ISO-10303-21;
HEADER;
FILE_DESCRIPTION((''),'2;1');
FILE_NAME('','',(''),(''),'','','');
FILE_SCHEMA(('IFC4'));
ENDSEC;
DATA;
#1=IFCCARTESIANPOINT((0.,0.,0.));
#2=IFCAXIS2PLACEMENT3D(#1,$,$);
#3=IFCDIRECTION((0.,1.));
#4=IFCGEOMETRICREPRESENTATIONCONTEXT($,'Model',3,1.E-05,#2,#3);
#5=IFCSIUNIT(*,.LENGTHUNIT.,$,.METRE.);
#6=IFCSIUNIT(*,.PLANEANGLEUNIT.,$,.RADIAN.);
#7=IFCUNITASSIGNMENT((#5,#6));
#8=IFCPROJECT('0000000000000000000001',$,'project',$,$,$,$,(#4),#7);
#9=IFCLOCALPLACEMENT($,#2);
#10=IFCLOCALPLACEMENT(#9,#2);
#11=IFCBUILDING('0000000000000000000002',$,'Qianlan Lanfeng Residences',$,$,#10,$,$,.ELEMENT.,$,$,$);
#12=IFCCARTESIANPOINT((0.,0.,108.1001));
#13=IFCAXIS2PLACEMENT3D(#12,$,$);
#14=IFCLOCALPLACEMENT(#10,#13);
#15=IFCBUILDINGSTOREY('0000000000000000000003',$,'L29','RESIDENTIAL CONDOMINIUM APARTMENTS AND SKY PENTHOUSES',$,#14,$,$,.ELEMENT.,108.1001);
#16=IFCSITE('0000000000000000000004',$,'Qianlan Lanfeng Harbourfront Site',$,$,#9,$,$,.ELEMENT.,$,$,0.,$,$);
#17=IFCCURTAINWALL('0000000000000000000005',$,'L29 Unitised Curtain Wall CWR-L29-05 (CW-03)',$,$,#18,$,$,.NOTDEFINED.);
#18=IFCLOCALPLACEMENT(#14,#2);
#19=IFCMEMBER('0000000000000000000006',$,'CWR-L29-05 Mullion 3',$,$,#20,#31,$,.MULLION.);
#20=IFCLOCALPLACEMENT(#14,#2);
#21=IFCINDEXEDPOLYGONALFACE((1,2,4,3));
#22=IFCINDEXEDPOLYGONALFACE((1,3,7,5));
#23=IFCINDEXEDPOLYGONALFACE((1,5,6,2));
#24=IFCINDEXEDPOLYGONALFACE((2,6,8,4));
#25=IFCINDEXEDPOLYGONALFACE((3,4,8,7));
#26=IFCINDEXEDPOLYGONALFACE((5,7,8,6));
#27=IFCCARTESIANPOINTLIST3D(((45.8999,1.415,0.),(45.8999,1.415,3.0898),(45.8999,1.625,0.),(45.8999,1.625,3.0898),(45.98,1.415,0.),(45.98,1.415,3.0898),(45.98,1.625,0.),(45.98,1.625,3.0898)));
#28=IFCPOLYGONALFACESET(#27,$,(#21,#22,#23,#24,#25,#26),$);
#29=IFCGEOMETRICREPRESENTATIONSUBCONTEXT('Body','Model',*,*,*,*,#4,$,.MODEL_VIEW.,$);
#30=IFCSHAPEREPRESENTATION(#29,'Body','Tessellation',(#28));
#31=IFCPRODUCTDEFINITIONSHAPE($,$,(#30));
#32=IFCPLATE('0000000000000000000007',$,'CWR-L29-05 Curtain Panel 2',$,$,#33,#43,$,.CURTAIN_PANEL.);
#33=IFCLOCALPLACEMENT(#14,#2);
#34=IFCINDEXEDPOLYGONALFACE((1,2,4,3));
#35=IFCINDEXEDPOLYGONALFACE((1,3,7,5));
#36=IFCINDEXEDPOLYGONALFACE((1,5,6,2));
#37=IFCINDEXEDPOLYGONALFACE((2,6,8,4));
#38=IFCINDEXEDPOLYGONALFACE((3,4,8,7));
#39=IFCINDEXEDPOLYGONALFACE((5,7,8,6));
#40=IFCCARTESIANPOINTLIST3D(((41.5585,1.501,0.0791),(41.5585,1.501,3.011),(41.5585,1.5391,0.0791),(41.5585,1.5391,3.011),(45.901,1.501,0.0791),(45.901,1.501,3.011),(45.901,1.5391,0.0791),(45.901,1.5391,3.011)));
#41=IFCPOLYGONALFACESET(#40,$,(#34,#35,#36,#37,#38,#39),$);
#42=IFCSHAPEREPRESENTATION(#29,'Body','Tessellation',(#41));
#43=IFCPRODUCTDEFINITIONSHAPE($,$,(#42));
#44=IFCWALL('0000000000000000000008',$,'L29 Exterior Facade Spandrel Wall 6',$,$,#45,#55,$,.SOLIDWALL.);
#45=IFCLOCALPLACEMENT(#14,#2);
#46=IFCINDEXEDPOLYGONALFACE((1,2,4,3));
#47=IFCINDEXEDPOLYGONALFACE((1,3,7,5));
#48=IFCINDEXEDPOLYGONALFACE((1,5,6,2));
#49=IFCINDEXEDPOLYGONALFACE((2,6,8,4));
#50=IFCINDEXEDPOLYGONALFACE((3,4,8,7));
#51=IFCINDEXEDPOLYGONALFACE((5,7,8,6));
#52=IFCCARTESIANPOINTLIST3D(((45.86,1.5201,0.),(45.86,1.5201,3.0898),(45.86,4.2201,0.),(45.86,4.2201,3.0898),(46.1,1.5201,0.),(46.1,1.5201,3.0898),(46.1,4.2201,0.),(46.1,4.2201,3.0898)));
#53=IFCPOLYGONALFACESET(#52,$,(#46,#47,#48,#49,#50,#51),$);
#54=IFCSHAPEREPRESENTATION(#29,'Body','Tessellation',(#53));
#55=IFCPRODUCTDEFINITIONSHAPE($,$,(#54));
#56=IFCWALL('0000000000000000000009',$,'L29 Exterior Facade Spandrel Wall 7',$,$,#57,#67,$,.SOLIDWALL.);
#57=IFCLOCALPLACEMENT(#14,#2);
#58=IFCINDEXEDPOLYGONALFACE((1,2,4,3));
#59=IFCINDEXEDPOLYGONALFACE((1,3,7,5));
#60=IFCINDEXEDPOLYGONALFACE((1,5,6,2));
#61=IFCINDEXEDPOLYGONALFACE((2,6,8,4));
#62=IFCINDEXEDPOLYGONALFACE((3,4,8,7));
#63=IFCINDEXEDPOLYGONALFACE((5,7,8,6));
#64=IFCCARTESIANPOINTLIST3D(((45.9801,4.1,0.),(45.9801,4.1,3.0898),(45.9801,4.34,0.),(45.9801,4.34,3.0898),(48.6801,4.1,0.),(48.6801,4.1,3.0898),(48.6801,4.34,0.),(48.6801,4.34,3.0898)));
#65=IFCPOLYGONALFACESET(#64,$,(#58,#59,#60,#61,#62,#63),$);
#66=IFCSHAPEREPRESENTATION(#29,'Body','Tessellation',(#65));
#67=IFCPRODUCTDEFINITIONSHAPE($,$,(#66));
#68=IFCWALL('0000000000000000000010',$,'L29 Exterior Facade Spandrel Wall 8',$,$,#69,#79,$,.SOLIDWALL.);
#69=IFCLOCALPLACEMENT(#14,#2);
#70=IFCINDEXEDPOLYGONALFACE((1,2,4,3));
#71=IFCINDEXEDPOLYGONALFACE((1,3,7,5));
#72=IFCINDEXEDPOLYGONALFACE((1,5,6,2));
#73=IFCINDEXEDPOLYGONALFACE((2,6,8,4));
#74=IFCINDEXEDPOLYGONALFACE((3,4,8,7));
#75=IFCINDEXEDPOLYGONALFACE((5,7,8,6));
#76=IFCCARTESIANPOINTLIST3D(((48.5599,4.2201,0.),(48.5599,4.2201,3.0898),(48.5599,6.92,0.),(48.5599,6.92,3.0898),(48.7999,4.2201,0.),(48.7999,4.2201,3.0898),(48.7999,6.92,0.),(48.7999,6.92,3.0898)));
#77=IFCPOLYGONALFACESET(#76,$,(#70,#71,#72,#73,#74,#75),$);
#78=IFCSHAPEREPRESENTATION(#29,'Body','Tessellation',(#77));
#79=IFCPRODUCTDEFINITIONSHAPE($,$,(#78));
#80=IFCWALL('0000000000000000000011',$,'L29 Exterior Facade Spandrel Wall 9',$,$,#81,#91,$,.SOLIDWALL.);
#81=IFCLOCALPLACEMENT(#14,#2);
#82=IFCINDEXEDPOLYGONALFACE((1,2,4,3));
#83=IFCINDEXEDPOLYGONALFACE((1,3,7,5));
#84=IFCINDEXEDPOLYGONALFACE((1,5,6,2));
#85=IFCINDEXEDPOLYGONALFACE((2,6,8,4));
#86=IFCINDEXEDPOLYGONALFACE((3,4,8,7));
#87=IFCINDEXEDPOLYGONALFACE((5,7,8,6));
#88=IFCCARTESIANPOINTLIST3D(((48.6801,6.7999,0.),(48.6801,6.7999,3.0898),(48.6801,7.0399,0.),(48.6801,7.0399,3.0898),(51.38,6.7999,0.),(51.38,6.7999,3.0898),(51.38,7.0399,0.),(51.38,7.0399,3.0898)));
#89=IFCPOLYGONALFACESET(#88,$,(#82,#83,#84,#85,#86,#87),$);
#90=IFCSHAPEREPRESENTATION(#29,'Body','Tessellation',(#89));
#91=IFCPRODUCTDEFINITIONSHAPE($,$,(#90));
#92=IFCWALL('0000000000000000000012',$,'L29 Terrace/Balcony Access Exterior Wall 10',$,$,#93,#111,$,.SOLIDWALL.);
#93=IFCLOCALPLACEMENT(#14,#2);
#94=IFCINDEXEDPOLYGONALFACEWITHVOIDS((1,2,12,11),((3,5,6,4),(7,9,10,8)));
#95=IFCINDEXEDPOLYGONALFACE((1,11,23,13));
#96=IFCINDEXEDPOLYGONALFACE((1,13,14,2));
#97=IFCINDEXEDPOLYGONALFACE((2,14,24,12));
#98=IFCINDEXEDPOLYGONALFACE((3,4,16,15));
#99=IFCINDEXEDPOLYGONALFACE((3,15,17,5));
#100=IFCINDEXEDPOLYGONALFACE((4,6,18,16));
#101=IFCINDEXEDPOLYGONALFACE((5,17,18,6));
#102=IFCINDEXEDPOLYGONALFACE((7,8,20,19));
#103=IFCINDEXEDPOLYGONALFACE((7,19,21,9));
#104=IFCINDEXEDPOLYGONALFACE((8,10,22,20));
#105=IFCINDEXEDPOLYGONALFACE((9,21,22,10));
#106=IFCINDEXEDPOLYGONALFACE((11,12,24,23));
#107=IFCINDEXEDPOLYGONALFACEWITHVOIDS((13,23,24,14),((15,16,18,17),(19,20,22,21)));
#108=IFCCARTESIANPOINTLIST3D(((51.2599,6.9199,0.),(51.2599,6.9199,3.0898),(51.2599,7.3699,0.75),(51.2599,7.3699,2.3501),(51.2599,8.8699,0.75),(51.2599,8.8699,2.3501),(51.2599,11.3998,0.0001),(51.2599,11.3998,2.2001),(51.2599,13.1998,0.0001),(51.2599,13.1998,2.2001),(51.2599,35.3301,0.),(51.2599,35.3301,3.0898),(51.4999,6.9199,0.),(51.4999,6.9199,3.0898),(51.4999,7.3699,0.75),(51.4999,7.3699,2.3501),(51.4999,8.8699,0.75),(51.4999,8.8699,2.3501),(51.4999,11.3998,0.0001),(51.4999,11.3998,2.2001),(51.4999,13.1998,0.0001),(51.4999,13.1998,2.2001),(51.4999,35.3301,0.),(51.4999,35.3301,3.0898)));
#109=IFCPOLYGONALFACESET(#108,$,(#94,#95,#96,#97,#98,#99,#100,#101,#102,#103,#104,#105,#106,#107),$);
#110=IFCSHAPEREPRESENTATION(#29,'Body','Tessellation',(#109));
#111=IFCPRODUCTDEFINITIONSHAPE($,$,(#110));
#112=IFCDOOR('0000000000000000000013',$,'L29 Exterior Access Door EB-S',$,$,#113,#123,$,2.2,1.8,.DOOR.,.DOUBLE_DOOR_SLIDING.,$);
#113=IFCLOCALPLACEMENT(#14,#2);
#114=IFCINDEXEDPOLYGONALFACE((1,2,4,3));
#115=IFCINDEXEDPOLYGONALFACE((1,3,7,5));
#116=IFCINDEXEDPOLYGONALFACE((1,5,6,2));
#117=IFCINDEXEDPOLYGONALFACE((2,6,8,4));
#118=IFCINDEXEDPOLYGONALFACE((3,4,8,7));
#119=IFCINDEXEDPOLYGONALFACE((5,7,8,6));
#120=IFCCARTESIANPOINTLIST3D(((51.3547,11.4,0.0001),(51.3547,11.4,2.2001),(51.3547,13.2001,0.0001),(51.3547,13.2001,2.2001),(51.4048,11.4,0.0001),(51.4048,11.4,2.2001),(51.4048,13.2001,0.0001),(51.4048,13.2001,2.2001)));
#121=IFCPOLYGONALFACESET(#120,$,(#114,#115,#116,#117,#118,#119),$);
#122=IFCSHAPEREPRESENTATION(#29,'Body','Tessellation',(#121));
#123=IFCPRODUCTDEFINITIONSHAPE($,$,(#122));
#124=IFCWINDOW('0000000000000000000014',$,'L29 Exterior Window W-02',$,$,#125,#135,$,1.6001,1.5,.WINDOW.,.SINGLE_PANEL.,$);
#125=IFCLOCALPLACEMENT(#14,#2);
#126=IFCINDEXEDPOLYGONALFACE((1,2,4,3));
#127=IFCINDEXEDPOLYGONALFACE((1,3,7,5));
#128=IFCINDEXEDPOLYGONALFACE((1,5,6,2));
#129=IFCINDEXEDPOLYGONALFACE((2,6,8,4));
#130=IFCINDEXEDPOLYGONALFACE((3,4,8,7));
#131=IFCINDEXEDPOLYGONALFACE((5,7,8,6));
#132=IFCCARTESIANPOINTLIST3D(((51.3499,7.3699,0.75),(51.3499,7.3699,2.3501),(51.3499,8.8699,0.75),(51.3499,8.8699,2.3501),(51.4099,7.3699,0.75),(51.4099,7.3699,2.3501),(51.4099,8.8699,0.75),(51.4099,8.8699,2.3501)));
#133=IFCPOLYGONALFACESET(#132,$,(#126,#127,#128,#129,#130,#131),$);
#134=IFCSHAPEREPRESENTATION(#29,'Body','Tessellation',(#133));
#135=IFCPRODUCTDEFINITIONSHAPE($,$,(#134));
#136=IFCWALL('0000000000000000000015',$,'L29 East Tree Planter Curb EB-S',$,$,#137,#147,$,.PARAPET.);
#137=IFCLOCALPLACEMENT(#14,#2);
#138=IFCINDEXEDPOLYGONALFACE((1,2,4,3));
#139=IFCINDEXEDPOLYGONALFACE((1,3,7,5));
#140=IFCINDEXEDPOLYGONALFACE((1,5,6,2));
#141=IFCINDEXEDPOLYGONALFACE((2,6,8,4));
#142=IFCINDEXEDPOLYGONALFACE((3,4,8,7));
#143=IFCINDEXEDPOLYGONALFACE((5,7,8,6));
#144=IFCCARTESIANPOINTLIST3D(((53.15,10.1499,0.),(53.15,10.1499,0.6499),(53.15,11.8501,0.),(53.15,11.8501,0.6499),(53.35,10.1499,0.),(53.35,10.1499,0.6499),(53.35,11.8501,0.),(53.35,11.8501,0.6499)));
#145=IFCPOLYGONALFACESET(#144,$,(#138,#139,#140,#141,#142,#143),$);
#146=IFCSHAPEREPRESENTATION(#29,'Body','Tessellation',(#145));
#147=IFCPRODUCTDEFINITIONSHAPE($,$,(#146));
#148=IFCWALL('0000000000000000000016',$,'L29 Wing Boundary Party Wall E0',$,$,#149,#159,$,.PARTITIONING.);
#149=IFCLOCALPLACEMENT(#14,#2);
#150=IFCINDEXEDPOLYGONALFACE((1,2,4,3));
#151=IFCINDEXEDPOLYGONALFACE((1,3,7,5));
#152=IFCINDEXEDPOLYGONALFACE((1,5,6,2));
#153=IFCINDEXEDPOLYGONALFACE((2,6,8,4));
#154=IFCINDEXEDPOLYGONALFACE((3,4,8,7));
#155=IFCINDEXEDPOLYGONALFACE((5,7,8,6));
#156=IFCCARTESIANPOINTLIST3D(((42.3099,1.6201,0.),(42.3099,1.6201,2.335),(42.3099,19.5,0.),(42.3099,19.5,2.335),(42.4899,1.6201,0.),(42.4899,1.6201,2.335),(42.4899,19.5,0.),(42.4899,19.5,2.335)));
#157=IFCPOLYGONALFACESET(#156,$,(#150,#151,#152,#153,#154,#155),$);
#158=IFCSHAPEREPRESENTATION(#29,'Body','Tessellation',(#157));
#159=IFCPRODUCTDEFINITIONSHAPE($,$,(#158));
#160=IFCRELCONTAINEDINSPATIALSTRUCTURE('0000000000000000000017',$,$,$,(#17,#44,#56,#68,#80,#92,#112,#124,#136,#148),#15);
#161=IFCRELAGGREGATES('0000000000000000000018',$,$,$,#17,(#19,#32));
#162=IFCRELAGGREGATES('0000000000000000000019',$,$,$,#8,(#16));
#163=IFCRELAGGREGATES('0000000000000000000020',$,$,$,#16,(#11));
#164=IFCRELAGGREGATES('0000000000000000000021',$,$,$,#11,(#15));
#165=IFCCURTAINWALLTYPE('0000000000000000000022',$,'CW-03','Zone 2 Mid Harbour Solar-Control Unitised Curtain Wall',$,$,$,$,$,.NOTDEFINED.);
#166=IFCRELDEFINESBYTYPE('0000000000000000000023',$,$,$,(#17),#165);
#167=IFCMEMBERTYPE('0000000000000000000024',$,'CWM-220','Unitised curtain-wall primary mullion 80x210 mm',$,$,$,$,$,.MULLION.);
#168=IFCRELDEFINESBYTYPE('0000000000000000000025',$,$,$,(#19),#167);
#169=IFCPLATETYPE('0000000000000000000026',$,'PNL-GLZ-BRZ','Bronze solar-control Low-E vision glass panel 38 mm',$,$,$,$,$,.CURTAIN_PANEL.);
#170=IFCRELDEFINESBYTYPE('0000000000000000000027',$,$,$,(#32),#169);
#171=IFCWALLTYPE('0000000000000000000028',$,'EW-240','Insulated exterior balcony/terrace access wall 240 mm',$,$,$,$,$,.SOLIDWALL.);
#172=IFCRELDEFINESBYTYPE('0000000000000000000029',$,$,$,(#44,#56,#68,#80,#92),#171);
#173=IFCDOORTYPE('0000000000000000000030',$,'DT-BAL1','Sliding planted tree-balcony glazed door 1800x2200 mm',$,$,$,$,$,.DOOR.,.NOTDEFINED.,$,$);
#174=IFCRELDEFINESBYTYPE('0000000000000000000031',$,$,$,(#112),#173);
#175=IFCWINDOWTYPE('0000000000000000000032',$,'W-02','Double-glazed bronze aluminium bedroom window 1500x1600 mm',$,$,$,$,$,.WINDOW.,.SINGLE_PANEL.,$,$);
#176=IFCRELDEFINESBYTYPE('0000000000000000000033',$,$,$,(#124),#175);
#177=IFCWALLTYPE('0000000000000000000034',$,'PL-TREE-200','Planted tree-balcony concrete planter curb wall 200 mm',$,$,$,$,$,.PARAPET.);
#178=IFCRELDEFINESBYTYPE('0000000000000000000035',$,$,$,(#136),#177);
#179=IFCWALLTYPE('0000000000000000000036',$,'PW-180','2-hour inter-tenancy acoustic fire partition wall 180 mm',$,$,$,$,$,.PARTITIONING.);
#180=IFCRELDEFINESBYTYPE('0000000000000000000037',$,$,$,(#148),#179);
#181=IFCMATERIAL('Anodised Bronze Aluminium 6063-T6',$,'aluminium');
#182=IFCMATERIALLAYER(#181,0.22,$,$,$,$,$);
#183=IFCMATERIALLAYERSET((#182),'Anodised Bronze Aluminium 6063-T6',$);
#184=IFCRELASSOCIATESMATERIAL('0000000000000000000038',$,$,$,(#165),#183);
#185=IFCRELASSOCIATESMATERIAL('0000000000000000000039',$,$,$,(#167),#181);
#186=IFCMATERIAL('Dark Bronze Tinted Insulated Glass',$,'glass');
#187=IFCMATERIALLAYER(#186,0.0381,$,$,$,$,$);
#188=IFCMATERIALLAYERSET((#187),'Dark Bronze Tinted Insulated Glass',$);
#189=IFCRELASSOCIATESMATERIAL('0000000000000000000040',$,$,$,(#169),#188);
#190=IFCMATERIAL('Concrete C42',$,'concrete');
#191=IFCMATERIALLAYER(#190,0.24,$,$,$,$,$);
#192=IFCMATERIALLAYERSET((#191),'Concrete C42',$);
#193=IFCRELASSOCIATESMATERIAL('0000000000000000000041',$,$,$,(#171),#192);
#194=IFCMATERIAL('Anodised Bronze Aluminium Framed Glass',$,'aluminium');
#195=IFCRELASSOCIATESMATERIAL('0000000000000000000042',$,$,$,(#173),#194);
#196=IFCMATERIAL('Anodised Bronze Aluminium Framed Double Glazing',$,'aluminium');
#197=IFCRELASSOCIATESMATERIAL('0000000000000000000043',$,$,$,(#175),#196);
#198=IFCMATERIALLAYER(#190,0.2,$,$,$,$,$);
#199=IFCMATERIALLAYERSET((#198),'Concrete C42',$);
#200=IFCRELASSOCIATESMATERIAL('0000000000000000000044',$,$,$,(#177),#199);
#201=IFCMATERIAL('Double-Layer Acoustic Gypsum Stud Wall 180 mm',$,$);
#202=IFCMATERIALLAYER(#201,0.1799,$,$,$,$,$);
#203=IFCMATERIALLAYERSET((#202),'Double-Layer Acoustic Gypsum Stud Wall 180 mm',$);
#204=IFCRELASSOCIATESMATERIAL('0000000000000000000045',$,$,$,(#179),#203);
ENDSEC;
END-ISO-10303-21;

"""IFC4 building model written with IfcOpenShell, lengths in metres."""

from ifc_helpers import new_model, si_unit, direction, frame, frame_2d, origin, origin_2d, place, context, subcontext, project, spatial, rectangle, extrude, source, transform, mapped, material, layer, layer_set, material_profile, profile_set, type_object, element, fill, aggregate, save


model = new_model("IFC4")

# Units and contexts
model_context = context("Model", 3, precision=1e-05, world=origin(), true_north=direction((0.0, 1.0)))
body_context = subcontext(model_context, "Body", "Model", "MODEL_VIEW")
ifc_project = project(units=[si_unit("LENGTHUNIT", "METRE"), si_unit("PLANEANGLEUNIT", "RADIAN")], contexts=[model_context])

# Site, building, storey
site_placement = place(None, origin())
site = spatial("IfcSite", under=ifc_project, at=site_placement, Name="Qianlan Lanfeng Harbourfront Site", CompositionType="ELEMENT", RefElevation=0.0)
building_placement = place(site_placement, origin())
building = spatial("IfcBuilding", under=site, at=building_placement, Name="Qianlan Lanfeng Residences", CompositionType="ELEMENT")
storey_placement = place(building_placement, frame((0.0, 0.0, 108.1001)))
storey = spatial("IfcBuildingStorey", under=building, at=storey_placement, Name="L29", Description="RESIDENTIAL CONDOMINIUM APARTMENTS AND SKY PENTHOUSES", CompositionType="ELEMENT", Elevation=108.1001)

# Curtain wall, member, plate
ifc_material_1 = material(Name="Anodised Bronze Aluminium 6063-T6", Category="aluminium")
ifc_layer_1 = layer(ifc_material_1, 0.22)
ifc_layer_set_1 = layer_set([ifc_layer_1], Name="Anodised Bronze Aluminium 6063-T6")
curtain_wall_type = type_object("IfcCurtainWallType", Name="CW-03", Description="Zone 2 Mid Harbour Solar-Control Unitised Curtain Wall", PredefinedType="NOTDEFINED", material=ifc_layer_set_1)
curtain_wall_placement = place(storey_placement, origin())
curtain_wall = element("IfcCurtainWall", 1, at=curtain_wall_placement, inside=storey, type_object=curtain_wall_type, Name="L29 Unitised Curtain Wall CWR-L29-05 (CW-03)", PredefinedType="NOTDEFINED")
ifc_material_profile_1 = material_profile(ifc_material_1, rectangle(XDim=0.0801, YDim=0.21, at=origin_2d()), Name="ALU MULLION 80x210")
ifc_profile_set_1 = profile_set([ifc_material_profile_1], Name="Anodised Bronze Aluminium 6063-T6")
member_type_1 = type_object("IfcMemberType", Name="CWM-220", Description="Unitised curtain-wall primary mullion 80x210 mm", PredefinedType="MULLION", material=ifc_profile_set_1)
shared_shape_1 = source(origin(), body_context, "Body", "SweptSolid", [
    extrude(rectangle(XDim=0.0801, YDim=0.21, at=origin_2d()), origin(), (0.0, 0.0, 1.0), 3.0898),
])
member_1_placement = place(storey_placement, frame((45.9399, 1.52, 0.0), z_axis=(0.0, 0.0, 1.0), x_axis=(1.0, 0.0, 0.0)))
member_1 = element("IfcMember", 2, at=member_1_placement, type_object=member_type_1, Name="CWR-L29-05 Mullion 3", PredefinedType="MULLION", context=body_context, shape_type="MappedRepresentation", body=[
    mapped(shared_shape_1, transform((0.0, 0.0, 0.0), scale=1.0)),
])
ifc_material_2 = material(Name="Dark Bronze Tinted Insulated Glass", Category="glass")
ifc_layer_2 = layer(ifc_material_2, 0.0381)
ifc_layer_set_2 = layer_set([ifc_layer_2], Name="Dark Bronze Tinted Insulated Glass")
plate_type = type_object("IfcPlateType", Name="PNL-GLZ-BRZ", Description="Bronze solar-control Low-E vision glass panel 38 mm", PredefinedType="CURTAIN_PANEL", material=ifc_layer_set_2)
shared_shape_2 = source(origin(), body_context, "Body", "SweptSolid", [
    extrude(rectangle(XDim=4.3425, YDim=0.0381, at=origin_2d()), origin(), (0.0, 0.0, 1.0), 2.9319),
])
plate_placement = place(storey_placement, frame((43.7297, 1.52, 0.0791), z_axis=(0.0, 0.0, 1.0), x_axis=(1.0, 0.0, 0.0)))
plate = element("IfcPlate", 3, at=plate_placement, type_object=plate_type, Name="CWR-L29-05 Curtain Panel 2", PredefinedType="CURTAIN_PANEL", context=body_context, shape_type="MappedRepresentation", body=[
    mapped(shared_shape_2, transform((0.0, 0.0, 0.0), scale=1.0)),
])
aggregate(curtain_wall, [member_1, plate])

# Walls
ifc_material_3 = material(Name="Concrete C42", Category="concrete")
ifc_layer_3 = layer(ifc_material_3, 0.24)
ifc_layer_set_3 = layer_set([ifc_layer_3], Name="Concrete C42")
wall_type_1 = type_object("IfcWallType", Name="EW-240", Description="Insulated exterior balcony/terrace access wall 240 mm", PredefinedType="SOLIDWALL", material=ifc_layer_set_3)
for number, where, z_axis, x_axis, name in (
    (4, (45.98, 1.52, 0.0), (0.0, 0.0, 1.0), (0.0, 1.0, 0.0), "L29 Exterior Facade Spandrel Wall 6"),
    (5, (45.98, 4.22, 0.0), (0.0, 0.0, 1.0), (1.0, 0.0, 0.0), "L29 Exterior Facade Spandrel Wall 7"),
    (6, (48.6799, 4.22, 0.0), (0.0, 0.0, 1.0), (0.0, 1.0, 0.0), "L29 Exterior Facade Spandrel Wall 8"),
    (7, (48.6799, 6.9199, 0.0), (0.0, 0.0, 1.0), (1.0, 0.0, 0.0), "L29 Exterior Facade Spandrel Wall 9"),
):
    element("IfcWall", number, at=place(storey_placement, frame(where, z_axis=z_axis, x_axis=x_axis)), inside=storey, type_object=wall_type_1, Name=name, PredefinedType="SOLIDWALL", context=body_context, shape_type="SweptSolid", body=[
        extrude(rectangle(XDim=2.7, YDim=0.24, at=frame_2d((1.3501, 0.0))), origin(), (0.0, 0.0, 1.0), 3.0898),
    ])

# Wall, openings, door, window
wall_1_placement = place(storey_placement, frame((51.3799, 6.9199, 0.0), z_axis=(0.0, 0.0, 1.0), x_axis=(0.0, 1.0, 0.0)))
wall_1 = element("IfcWall", 8, at=wall_1_placement, inside=storey, type_object=wall_type_1, Name="L29 Terrace/Balcony Access Exterior Wall 10", PredefinedType="SOLIDWALL", context=body_context, shape_type="SweptSolid", body=[
    extrude(rectangle(XDim=28.4102, YDim=0.24, at=frame_2d((14.2051, 0.0))), origin(), (0.0, 0.0, 1.0), 3.0898),
])
opening_1_placement = place(wall_1_placement, frame((4.48, 0.0, 0.0)))
opening_1 = element("IfcOpeningElement", 9, at=opening_1_placement, cuts=wall_1, PredefinedType="OPENING", context=body_context, shape_type="SweptSolid", body=[
    extrude(rectangle(XDim=1.8, YDim=2.2, at=frame_2d((0.8999, 1.1001))), frame((0.0, 0.1299, 0.0), z_axis=(0.0, -1.0, 0.0), x_axis=(1.0, 0.0, 0.0)), (0.0, 0.0, 1.0), 0.26),
])
opening_2_placement = place(wall_1_placement, frame((0.45, 0.0, 0.75)))
opening_2 = element("IfcOpeningElement", 10, at=opening_2_placement, cuts=wall_1, PredefinedType="OPENING", context=body_context, shape_type="SweptSolid", body=[
    extrude(rectangle(XDim=1.5, YDim=1.6001, at=frame_2d((0.75, 0.8))), frame((0.0, 0.1299, 0.0), z_axis=(0.0, -1.0, 0.0), x_axis=(1.0, 0.0, 0.0)), (0.0, 0.0, 1.0), 0.26),
])
ifc_material_4 = material(Name="Anodised Bronze Aluminium Framed Glass", Category="aluminium")
door_type = type_object("IfcDoorType", Name="DT-BAL1", Description="Sliding planted tree-balcony glazed door 1800x2200 mm", OperationType="NOTDEFINED", PredefinedType="DOOR", material=ifc_material_4)
door_placement = place(opening_1_placement, frame((1.8, 0.0, 0.0), z_axis=(0.0, 0.0, 1.0), x_axis=(-1.0, 0.0, 0.0)))
door = element("IfcDoor", 11, at=door_placement, inside=storey, type_object=door_type, Name="L29 Exterior Access Door EB-S", OperationType="DOUBLE_DOOR_SLIDING", OverallHeight=2.2, OverallWidth=1.8, PredefinedType="DOOR", context=body_context, shape_type="SweptSolid", body=[
    extrude(rectangle(XDim=1.8, YDim=2.2, at=frame_2d((0.8999, 1.1001))), frame((0.0, 0.0249, 0.0), z_axis=(0.0, -1.0, 0.0), x_axis=(1.0, 0.0, 0.0)), (0.0, 0.0, 1.0), 0.05),
])
fill(opening_1, door)
ifc_material_5 = material(Name="Anodised Bronze Aluminium Framed Double Glazing", Category="aluminium")
window_type = type_object("IfcWindowType", Name="W-02", Description="Double-glazed bronze aluminium bedroom window 1500x1600 mm", PartitioningType="SINGLE_PANEL", PredefinedType="WINDOW", material=ifc_material_5)
window_placement = place(opening_2_placement, origin())
window = element("IfcWindow", 12, at=window_placement, inside=storey, type_object=window_type, Name="L29 Exterior Window W-02", OverallHeight=1.6001, OverallWidth=1.5, PartitioningType="SINGLE_PANEL", PredefinedType="WINDOW", context=body_context, shape_type="SweptSolid", body=[
    extrude(rectangle(XDim=1.5, YDim=1.6001, at=frame_2d((0.75, 0.8))), frame((0.0, 0.03, 0.0), z_axis=(0.0, -1.0, 0.0), x_axis=(1.0, 0.0, 0.0)), (0.0, 0.0, 1.0), 0.0601),
])
fill(opening_2, window)

# Walls
ifc_layer_4 = layer(ifc_material_3, 0.2)
ifc_layer_set_4 = layer_set([ifc_layer_4], Name="Concrete C42")
wall_type_2 = type_object("IfcWallType", Name="PL-TREE-200", Description="Planted tree-balcony concrete planter curb wall 200 mm", PredefinedType="PARAPET", material=ifc_layer_set_4)
wall_2_placement = place(storey_placement, frame((53.25, 10.1499, 0.0), z_axis=(0.0, 0.0, 1.0), x_axis=(0.0, 1.0, 0.0)))
element("IfcWall", 13, at=wall_2_placement, inside=storey, type_object=wall_type_2, Name="L29 East Tree Planter Curb EB-S", PredefinedType="PARAPET", context=body_context, shape_type="SweptSolid", body=[
    extrude(rectangle(XDim=1.7002, YDim=0.2, at=frame_2d((0.8501, 0.0))), origin(), (0.0, 0.0, 1.0), 0.6499),
])
ifc_material_6 = material(Name="Double-Layer Acoustic Gypsum Stud Wall 180 mm")
ifc_layer_5 = layer(ifc_material_6, 0.1799)
ifc_layer_set_5 = layer_set([ifc_layer_5], Name="Double-Layer Acoustic Gypsum Stud Wall 180 mm")
wall_type_3 = type_object("IfcWallType", Name="PW-180", Description="2-hour inter-tenancy acoustic fire partition wall 180 mm", PredefinedType="PARTITIONING", material=ifc_layer_set_5)
wall_3_placement = place(storey_placement, frame((42.3999, 1.6201, 0.0), z_axis=(0.0, 0.0, 1.0), x_axis=(0.0, 1.0, 0.0)))
element("IfcWall", 14, at=wall_3_placement, inside=storey, type_object=wall_type_3, Name="L29 Wing Boundary Party Wall E0", PredefinedType="PARTITIONING", context=body_context, shape_type="SweptSolid", body=[
    extrude(rectangle(XDim=17.8799, YDim=0.1799, at=frame_2d((8.9399, 0.0))), origin(), (0.0, 0.0, 1.0), 2.335),
])

save(model, "model.ifc")
